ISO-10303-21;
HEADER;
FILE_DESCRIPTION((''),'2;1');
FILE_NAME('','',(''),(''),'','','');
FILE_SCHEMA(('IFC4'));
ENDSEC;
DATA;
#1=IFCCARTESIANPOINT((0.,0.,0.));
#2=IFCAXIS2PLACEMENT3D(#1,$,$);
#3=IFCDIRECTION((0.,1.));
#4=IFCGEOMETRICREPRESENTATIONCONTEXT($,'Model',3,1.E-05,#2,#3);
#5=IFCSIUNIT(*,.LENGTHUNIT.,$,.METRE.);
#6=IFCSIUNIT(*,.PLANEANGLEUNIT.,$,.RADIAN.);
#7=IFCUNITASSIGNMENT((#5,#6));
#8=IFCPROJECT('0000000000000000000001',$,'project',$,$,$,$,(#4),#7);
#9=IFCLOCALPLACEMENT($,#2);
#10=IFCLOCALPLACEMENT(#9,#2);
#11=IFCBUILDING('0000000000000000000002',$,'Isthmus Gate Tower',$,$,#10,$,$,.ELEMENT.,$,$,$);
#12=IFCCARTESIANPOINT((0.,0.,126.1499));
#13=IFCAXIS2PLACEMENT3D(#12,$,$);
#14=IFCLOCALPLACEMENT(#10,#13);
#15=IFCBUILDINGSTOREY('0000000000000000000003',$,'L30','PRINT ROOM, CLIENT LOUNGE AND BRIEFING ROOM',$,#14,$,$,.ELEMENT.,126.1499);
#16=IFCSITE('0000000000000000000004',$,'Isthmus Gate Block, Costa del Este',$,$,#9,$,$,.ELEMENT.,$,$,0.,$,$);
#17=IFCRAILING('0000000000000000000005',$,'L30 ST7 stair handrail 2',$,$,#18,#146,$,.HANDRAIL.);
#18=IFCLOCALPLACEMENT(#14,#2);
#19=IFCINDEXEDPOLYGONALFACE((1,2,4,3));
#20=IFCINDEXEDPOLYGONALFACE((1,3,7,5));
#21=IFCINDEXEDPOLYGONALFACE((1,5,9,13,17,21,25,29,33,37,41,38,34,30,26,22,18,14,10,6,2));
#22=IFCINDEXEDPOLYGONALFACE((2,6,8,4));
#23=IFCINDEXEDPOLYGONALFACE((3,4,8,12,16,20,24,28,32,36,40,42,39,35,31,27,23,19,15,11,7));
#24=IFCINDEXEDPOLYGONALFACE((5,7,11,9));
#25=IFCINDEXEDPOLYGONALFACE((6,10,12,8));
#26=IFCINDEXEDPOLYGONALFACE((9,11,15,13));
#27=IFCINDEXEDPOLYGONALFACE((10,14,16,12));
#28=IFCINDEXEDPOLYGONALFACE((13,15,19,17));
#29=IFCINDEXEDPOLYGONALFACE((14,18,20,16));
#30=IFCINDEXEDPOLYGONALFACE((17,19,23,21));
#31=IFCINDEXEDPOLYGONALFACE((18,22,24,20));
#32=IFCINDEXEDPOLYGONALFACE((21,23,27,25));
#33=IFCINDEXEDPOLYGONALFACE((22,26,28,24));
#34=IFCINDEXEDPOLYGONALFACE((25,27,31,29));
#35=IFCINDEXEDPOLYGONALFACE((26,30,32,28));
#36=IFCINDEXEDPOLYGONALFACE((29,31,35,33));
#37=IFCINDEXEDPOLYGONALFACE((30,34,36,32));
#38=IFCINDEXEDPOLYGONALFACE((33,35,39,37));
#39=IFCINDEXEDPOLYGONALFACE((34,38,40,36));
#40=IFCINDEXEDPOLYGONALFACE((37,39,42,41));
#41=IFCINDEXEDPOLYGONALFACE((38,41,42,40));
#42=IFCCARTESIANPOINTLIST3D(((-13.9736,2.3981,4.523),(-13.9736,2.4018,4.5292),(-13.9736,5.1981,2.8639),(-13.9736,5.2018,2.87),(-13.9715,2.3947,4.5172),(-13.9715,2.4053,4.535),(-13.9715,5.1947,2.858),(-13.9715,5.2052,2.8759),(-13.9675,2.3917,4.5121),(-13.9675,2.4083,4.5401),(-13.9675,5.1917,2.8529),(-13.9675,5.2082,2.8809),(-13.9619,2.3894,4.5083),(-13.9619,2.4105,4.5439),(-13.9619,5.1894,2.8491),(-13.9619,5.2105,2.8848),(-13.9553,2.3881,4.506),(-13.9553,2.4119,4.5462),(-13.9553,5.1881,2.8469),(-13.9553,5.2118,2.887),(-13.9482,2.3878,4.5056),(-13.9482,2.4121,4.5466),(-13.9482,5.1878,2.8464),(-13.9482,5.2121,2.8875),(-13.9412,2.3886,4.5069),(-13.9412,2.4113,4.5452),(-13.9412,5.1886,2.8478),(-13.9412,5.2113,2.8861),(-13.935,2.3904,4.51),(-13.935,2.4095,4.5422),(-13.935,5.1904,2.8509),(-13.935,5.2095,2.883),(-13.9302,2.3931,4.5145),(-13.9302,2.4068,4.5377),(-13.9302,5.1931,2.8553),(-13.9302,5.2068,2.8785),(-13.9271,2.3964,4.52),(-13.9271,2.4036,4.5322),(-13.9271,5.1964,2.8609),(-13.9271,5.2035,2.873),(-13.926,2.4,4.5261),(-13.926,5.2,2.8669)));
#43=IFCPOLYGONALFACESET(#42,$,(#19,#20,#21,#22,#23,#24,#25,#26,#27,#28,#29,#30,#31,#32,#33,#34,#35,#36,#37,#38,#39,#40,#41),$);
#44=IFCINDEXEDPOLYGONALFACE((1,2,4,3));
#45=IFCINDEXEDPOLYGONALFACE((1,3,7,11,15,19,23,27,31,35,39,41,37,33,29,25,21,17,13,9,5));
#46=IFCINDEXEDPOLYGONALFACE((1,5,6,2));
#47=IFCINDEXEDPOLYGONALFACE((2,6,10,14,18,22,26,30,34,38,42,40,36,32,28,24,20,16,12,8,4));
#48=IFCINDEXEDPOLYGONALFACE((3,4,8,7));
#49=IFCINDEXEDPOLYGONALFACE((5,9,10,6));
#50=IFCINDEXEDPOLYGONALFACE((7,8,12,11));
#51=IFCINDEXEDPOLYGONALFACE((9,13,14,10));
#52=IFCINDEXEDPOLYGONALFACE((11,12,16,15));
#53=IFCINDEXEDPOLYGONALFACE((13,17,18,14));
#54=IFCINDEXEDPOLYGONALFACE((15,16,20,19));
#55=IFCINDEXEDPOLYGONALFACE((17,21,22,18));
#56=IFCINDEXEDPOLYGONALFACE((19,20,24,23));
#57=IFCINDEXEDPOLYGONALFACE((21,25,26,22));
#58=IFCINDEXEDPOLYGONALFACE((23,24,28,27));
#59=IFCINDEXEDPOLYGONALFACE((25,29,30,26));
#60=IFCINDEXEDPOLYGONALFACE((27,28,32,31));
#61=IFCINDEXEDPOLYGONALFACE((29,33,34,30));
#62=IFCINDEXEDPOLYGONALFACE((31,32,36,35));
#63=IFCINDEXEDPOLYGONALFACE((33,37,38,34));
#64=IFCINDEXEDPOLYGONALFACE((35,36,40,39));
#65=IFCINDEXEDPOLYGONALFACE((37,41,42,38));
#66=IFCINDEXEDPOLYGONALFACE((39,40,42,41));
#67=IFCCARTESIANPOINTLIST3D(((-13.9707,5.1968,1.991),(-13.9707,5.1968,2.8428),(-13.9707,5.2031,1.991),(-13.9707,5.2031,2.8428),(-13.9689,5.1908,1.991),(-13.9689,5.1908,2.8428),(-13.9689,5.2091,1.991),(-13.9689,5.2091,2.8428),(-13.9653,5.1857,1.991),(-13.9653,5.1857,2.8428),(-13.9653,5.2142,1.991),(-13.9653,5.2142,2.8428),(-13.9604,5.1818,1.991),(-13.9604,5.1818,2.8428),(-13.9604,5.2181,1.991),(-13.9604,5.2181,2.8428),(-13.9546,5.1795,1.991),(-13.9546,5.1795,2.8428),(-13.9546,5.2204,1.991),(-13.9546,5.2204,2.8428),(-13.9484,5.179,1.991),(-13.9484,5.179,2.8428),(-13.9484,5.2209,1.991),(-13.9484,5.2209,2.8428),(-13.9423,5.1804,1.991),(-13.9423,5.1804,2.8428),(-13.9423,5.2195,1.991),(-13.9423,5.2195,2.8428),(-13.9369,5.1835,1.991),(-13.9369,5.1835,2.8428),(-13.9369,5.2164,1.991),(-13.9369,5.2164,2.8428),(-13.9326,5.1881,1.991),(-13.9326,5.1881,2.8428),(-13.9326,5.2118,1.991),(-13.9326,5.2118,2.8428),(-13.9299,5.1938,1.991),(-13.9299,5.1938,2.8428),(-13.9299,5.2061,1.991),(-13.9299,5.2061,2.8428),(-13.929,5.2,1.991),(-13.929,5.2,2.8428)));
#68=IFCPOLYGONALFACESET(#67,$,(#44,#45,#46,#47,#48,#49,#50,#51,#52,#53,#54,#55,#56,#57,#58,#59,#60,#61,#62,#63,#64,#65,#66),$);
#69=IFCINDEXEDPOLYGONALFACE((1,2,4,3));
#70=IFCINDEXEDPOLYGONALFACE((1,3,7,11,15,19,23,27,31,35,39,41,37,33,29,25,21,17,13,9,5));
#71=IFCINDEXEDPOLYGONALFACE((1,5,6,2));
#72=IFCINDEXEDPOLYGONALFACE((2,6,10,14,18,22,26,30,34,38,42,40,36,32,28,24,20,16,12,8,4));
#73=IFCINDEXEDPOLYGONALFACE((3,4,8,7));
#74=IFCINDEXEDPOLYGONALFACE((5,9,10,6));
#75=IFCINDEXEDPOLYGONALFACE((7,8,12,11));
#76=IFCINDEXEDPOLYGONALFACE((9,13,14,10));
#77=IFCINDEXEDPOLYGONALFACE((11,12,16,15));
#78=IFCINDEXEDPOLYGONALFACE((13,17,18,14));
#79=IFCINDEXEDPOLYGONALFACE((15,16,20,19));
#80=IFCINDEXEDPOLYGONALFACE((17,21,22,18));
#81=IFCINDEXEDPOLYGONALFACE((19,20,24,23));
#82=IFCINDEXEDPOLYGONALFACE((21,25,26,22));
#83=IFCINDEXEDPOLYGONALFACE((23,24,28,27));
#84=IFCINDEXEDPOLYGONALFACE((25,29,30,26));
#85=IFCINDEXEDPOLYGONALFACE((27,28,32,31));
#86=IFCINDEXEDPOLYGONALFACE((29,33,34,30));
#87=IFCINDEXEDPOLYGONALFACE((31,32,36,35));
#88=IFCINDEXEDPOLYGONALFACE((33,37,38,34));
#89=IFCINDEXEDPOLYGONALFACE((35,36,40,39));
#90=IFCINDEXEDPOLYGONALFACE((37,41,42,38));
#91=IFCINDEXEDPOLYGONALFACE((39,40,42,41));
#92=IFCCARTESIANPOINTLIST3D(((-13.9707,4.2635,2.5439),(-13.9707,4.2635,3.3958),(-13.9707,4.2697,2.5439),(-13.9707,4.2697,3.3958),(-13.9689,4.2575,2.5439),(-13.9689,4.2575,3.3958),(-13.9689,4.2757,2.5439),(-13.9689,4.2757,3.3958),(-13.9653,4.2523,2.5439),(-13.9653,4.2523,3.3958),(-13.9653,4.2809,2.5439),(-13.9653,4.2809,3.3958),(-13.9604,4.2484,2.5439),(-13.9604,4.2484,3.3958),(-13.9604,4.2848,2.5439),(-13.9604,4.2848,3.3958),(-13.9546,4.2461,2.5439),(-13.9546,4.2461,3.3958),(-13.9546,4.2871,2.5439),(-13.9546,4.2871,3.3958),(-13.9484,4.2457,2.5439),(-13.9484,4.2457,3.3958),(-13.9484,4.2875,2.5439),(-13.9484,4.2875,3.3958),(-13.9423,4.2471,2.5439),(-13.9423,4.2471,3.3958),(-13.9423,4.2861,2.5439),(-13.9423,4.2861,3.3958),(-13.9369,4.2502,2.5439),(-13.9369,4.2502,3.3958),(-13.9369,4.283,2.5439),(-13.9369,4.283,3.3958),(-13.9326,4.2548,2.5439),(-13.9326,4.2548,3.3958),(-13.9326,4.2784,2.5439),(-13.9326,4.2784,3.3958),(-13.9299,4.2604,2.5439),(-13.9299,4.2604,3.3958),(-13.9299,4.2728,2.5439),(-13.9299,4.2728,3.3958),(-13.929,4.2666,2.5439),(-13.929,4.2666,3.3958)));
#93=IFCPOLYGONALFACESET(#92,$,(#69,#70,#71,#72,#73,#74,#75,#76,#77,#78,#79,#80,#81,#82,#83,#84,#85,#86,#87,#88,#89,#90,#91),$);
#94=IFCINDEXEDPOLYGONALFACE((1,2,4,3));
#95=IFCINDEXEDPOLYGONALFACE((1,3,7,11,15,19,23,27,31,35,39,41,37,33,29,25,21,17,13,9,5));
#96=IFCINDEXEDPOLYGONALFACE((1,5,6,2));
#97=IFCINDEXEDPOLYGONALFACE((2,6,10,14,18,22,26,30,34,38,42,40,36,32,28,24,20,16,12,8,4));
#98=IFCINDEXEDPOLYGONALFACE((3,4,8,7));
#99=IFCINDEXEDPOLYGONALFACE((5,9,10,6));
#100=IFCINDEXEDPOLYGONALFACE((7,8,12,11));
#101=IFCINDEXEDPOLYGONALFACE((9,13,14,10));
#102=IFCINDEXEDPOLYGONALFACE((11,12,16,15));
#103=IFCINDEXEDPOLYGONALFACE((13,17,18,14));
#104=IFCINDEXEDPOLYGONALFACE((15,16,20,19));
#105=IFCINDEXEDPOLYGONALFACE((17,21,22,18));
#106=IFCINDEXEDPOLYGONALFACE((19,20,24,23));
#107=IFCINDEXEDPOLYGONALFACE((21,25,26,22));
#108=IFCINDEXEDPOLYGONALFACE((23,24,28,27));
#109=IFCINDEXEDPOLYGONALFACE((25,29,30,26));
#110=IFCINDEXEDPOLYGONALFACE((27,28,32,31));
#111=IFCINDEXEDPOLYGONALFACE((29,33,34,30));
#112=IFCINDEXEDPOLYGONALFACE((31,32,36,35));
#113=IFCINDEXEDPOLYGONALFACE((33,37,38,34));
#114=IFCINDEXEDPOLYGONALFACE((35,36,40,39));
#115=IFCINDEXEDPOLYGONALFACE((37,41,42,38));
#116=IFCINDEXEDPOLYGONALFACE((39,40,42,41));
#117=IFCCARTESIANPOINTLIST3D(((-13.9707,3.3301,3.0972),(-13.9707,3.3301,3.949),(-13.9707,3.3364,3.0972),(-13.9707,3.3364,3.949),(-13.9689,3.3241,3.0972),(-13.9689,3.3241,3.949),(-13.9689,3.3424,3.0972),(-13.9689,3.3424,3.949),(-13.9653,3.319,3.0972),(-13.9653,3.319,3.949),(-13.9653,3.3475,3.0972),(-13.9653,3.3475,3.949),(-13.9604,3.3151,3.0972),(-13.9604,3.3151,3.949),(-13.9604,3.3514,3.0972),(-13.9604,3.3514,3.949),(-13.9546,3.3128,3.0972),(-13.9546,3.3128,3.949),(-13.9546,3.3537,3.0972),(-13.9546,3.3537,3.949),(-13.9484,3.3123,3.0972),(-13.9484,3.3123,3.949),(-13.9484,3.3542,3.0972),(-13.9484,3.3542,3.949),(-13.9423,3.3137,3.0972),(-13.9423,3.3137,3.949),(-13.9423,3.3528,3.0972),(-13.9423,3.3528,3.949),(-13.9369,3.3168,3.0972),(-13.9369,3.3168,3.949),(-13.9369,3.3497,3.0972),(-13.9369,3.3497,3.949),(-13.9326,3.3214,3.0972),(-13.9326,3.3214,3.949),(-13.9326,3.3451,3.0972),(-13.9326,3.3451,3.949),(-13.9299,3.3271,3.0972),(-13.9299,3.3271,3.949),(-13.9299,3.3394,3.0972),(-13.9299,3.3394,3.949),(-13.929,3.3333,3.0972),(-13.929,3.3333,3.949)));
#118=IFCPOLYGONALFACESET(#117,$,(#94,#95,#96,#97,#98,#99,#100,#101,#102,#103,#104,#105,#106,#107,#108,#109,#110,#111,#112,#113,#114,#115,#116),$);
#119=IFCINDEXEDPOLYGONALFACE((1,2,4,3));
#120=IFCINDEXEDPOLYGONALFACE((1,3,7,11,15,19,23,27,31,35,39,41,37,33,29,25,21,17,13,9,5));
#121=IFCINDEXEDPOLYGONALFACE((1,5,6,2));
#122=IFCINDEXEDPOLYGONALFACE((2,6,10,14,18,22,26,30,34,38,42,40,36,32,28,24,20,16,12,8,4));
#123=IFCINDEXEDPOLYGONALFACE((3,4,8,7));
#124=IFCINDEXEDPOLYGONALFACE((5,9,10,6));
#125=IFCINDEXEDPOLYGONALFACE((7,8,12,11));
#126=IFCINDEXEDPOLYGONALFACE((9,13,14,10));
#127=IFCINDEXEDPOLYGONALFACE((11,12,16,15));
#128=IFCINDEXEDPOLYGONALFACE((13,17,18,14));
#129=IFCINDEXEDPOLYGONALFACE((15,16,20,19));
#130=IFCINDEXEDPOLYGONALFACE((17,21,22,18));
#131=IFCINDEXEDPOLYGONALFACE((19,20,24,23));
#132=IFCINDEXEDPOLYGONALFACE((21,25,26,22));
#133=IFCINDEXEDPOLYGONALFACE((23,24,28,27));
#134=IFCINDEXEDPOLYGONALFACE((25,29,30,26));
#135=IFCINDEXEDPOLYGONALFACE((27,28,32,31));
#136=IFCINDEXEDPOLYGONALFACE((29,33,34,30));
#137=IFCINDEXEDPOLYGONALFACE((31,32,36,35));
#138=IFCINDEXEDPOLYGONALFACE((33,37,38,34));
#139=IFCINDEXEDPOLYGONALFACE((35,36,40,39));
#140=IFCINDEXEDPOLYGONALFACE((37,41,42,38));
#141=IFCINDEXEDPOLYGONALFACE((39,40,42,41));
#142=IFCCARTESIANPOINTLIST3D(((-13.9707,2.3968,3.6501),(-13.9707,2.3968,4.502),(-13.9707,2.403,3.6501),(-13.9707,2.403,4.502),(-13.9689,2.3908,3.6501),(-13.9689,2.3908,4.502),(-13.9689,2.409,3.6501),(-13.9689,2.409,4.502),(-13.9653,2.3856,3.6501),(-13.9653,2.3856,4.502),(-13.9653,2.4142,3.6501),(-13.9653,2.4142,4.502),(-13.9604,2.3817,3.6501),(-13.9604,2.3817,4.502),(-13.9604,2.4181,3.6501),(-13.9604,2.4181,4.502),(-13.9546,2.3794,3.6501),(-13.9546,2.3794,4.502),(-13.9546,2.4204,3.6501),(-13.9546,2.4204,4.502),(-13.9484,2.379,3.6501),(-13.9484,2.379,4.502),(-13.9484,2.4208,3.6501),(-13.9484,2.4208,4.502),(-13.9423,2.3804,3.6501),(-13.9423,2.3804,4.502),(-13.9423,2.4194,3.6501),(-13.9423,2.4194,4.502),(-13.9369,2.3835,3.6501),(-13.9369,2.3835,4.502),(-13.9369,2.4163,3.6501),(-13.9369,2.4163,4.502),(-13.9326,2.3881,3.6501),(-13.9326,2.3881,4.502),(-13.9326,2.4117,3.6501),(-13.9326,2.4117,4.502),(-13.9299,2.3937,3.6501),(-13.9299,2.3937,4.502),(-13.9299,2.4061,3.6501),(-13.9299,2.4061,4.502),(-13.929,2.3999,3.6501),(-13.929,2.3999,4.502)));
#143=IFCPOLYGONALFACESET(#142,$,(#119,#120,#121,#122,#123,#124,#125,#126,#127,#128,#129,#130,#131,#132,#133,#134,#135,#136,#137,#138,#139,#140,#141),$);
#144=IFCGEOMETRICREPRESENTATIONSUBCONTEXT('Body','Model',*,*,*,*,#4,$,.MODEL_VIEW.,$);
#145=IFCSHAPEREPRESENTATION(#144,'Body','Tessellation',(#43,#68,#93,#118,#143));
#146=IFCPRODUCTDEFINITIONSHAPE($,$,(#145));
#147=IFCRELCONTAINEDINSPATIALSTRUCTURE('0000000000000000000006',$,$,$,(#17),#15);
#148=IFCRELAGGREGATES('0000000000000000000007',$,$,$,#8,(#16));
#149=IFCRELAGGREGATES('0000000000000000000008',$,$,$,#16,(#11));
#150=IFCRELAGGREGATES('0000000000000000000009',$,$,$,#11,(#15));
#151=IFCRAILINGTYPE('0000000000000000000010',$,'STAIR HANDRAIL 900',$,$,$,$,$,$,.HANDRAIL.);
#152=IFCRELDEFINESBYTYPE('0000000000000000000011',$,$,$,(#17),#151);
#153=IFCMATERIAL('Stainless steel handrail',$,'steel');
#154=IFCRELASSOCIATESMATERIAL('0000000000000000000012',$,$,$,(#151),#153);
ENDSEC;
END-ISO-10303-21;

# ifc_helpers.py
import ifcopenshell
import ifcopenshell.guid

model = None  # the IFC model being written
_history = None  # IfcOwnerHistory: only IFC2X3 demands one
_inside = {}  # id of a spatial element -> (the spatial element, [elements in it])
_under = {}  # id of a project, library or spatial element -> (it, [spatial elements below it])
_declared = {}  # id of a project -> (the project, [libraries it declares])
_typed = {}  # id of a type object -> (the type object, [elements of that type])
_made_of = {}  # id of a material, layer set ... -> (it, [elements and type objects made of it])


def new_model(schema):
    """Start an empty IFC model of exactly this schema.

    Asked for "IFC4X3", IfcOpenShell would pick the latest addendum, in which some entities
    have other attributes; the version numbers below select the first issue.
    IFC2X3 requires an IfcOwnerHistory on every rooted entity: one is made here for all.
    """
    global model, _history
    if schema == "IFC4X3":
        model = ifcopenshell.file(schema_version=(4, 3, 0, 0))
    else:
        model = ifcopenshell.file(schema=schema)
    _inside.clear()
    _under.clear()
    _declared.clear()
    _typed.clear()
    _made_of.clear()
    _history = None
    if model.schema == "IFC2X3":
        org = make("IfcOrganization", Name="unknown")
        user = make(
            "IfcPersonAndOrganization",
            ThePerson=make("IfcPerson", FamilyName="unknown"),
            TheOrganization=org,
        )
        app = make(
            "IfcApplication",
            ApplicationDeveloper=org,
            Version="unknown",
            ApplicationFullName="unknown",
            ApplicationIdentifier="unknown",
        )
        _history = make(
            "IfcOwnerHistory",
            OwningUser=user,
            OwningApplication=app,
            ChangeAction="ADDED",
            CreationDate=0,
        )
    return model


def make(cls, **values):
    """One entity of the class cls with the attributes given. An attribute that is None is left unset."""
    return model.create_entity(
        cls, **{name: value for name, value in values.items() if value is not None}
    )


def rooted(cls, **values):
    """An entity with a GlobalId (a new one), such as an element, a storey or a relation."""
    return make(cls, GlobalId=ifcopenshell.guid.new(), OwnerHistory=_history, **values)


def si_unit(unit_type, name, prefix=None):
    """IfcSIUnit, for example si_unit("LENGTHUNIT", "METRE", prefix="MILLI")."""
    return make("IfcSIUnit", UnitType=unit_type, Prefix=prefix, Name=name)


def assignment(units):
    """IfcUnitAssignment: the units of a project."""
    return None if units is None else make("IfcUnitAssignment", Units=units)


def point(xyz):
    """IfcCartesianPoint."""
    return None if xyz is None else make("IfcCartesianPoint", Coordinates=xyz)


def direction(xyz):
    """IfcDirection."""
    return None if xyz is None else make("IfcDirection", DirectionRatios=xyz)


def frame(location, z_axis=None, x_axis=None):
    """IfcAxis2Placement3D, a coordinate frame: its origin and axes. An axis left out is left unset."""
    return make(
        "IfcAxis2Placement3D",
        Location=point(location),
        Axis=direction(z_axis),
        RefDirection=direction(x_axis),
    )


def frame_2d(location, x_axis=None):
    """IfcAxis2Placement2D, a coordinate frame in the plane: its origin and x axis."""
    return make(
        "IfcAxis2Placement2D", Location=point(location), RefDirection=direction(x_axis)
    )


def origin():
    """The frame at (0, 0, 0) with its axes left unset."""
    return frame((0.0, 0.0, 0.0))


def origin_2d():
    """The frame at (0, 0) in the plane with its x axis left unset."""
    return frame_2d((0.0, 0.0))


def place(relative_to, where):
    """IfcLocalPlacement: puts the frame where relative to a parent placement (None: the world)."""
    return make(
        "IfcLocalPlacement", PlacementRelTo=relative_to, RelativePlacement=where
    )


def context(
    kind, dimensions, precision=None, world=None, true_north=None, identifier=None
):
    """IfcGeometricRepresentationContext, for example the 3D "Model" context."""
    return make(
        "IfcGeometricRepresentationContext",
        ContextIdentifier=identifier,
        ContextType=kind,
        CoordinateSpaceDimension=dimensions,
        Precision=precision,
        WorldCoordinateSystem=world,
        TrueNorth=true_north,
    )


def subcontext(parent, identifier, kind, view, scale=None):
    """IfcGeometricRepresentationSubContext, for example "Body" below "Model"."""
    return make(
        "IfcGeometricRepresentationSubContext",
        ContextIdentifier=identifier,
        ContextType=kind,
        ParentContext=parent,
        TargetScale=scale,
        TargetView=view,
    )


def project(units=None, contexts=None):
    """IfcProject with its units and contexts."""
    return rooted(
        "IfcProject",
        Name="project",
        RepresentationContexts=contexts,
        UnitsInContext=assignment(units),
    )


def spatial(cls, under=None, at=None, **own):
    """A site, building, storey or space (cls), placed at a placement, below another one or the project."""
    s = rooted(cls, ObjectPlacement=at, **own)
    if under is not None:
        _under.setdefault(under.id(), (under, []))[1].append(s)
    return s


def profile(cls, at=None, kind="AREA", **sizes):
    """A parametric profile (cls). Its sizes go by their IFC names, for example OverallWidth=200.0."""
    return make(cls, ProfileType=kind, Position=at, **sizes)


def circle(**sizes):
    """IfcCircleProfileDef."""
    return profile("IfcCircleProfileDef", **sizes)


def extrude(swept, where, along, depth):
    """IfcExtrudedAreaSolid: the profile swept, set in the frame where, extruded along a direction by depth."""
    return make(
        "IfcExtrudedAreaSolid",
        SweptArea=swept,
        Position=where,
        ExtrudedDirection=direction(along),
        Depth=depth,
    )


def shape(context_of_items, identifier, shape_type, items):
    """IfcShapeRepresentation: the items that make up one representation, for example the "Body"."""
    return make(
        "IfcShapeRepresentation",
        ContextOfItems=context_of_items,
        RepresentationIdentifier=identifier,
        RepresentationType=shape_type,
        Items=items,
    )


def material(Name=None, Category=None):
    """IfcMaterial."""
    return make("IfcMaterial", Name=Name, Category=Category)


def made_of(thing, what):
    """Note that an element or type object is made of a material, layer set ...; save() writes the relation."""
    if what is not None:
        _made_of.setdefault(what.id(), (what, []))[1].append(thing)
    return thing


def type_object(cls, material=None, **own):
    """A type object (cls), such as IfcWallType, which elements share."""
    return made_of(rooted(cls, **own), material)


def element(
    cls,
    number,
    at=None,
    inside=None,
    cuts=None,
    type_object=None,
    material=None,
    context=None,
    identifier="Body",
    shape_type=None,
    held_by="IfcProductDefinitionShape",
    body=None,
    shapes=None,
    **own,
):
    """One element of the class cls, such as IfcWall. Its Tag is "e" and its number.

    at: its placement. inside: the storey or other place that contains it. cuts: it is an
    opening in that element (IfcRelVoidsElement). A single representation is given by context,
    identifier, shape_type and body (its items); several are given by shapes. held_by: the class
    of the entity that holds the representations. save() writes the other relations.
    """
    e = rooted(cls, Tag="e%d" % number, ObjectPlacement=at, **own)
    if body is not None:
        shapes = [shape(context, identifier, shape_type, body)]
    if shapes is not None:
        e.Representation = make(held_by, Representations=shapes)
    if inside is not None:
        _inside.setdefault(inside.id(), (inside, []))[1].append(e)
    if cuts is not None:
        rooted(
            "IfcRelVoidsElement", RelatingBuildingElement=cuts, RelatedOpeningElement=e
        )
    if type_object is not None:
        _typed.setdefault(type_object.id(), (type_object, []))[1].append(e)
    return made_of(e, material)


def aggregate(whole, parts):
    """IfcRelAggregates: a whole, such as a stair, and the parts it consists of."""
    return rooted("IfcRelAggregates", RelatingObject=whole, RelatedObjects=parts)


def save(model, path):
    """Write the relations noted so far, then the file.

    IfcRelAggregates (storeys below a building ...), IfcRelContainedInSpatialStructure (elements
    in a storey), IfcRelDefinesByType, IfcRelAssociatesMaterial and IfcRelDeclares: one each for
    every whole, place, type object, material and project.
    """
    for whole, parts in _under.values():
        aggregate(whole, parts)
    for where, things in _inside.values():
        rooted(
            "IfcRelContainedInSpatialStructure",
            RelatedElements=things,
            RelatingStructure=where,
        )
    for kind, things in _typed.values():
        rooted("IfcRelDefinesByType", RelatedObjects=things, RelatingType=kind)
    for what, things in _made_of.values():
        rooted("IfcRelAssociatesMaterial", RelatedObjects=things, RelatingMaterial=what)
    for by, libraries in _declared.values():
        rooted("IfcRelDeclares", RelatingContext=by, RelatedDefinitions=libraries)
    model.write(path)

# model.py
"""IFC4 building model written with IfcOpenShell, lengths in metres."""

from ifc_helpers import new_model, si_unit, direction, frame, origin, origin_2d, place, context, subcontext, project, spatial, circle, extrude, material, type_object, element, save


model = new_model("IFC4")

# Units and contexts
model_context = context("Model", 3, precision=1e-05, world=origin(), true_north=direction((0.0, 1.0)))
body_context = subcontext(model_context, "Body", "Model", "MODEL_VIEW")
ifc_project = project(units=[si_unit("LENGTHUNIT", "METRE"), si_unit("PLANEANGLEUNIT", "RADIAN")], contexts=[model_context])

# Site, building, storey
site_placement = place(None, origin())
site = spatial("IfcSite", under=ifc_project, at=site_placement, Name="Isthmus Gate Block, Costa del Este", CompositionType="ELEMENT", RefElevation=0.0)
building_placement = place(site_placement, origin())
building = spatial("IfcBuilding", under=site, at=building_placement, Name="Isthmus Gate Tower", CompositionType="ELEMENT")
storey_placement = place(building_placement, frame((0.0, 0.0, 126.1499)))
storey = spatial("IfcBuildingStorey", under=building, at=storey_placement, Name="L30", Description="PRINT ROOM, CLIENT LOUNGE AND BRIEFING ROOM", CompositionType="ELEMENT", Elevation=126.1499)

# Railing
ifc_material_1 = material(Name="Stainless steel handrail", Category="steel")
railing_type_1 = type_object("IfcRailingType", Name="STAIR HANDRAIL 900", PredefinedType="HANDRAIL", material=ifc_material_1)
railing_1_placement = place(storey_placement, frame((-13.95, 5.2, 1.991)))
element("IfcRailing", 1, at=railing_1_placement, inside=storey, type_object=railing_type_1, Name="L30 ST7 stair handrail 2", PredefinedType="HANDRAIL", context=body_context, shape_type="SweptSolid", body=[
    extrude(circle(Radius=0.0239, at=origin_2d()), frame((0.0, 0.0, 0.876), z_axis=(0.0, -0.860306, 0.509778), x_axis=(1.0, 0.0, 0.0)), (0.0, 0.0, 1.0), 3.2546),
    extrude(circle(Radius=0.021, at=origin_2d()), origin(), (0.0, 0.0, 1.0), 0.8518),
    extrude(circle(Radius=0.021, at=origin_2d()), frame((0.0, -0.9333, 0.553)), (0.0, 0.0, 1.0), 0.8518),
    extrude(circle(Radius=0.021, at=origin_2d()), frame((0.0, -1.8667, 1.1062)), (0.0, 0.0, 1.0), 0.8518),
    extrude(circle(Radius=0.021, at=origin_2d()), frame((0.0, -2.8, 1.6592)), (0.0, 0.0, 1.0), 0.8518),
])

save(model, "model.ifc")
